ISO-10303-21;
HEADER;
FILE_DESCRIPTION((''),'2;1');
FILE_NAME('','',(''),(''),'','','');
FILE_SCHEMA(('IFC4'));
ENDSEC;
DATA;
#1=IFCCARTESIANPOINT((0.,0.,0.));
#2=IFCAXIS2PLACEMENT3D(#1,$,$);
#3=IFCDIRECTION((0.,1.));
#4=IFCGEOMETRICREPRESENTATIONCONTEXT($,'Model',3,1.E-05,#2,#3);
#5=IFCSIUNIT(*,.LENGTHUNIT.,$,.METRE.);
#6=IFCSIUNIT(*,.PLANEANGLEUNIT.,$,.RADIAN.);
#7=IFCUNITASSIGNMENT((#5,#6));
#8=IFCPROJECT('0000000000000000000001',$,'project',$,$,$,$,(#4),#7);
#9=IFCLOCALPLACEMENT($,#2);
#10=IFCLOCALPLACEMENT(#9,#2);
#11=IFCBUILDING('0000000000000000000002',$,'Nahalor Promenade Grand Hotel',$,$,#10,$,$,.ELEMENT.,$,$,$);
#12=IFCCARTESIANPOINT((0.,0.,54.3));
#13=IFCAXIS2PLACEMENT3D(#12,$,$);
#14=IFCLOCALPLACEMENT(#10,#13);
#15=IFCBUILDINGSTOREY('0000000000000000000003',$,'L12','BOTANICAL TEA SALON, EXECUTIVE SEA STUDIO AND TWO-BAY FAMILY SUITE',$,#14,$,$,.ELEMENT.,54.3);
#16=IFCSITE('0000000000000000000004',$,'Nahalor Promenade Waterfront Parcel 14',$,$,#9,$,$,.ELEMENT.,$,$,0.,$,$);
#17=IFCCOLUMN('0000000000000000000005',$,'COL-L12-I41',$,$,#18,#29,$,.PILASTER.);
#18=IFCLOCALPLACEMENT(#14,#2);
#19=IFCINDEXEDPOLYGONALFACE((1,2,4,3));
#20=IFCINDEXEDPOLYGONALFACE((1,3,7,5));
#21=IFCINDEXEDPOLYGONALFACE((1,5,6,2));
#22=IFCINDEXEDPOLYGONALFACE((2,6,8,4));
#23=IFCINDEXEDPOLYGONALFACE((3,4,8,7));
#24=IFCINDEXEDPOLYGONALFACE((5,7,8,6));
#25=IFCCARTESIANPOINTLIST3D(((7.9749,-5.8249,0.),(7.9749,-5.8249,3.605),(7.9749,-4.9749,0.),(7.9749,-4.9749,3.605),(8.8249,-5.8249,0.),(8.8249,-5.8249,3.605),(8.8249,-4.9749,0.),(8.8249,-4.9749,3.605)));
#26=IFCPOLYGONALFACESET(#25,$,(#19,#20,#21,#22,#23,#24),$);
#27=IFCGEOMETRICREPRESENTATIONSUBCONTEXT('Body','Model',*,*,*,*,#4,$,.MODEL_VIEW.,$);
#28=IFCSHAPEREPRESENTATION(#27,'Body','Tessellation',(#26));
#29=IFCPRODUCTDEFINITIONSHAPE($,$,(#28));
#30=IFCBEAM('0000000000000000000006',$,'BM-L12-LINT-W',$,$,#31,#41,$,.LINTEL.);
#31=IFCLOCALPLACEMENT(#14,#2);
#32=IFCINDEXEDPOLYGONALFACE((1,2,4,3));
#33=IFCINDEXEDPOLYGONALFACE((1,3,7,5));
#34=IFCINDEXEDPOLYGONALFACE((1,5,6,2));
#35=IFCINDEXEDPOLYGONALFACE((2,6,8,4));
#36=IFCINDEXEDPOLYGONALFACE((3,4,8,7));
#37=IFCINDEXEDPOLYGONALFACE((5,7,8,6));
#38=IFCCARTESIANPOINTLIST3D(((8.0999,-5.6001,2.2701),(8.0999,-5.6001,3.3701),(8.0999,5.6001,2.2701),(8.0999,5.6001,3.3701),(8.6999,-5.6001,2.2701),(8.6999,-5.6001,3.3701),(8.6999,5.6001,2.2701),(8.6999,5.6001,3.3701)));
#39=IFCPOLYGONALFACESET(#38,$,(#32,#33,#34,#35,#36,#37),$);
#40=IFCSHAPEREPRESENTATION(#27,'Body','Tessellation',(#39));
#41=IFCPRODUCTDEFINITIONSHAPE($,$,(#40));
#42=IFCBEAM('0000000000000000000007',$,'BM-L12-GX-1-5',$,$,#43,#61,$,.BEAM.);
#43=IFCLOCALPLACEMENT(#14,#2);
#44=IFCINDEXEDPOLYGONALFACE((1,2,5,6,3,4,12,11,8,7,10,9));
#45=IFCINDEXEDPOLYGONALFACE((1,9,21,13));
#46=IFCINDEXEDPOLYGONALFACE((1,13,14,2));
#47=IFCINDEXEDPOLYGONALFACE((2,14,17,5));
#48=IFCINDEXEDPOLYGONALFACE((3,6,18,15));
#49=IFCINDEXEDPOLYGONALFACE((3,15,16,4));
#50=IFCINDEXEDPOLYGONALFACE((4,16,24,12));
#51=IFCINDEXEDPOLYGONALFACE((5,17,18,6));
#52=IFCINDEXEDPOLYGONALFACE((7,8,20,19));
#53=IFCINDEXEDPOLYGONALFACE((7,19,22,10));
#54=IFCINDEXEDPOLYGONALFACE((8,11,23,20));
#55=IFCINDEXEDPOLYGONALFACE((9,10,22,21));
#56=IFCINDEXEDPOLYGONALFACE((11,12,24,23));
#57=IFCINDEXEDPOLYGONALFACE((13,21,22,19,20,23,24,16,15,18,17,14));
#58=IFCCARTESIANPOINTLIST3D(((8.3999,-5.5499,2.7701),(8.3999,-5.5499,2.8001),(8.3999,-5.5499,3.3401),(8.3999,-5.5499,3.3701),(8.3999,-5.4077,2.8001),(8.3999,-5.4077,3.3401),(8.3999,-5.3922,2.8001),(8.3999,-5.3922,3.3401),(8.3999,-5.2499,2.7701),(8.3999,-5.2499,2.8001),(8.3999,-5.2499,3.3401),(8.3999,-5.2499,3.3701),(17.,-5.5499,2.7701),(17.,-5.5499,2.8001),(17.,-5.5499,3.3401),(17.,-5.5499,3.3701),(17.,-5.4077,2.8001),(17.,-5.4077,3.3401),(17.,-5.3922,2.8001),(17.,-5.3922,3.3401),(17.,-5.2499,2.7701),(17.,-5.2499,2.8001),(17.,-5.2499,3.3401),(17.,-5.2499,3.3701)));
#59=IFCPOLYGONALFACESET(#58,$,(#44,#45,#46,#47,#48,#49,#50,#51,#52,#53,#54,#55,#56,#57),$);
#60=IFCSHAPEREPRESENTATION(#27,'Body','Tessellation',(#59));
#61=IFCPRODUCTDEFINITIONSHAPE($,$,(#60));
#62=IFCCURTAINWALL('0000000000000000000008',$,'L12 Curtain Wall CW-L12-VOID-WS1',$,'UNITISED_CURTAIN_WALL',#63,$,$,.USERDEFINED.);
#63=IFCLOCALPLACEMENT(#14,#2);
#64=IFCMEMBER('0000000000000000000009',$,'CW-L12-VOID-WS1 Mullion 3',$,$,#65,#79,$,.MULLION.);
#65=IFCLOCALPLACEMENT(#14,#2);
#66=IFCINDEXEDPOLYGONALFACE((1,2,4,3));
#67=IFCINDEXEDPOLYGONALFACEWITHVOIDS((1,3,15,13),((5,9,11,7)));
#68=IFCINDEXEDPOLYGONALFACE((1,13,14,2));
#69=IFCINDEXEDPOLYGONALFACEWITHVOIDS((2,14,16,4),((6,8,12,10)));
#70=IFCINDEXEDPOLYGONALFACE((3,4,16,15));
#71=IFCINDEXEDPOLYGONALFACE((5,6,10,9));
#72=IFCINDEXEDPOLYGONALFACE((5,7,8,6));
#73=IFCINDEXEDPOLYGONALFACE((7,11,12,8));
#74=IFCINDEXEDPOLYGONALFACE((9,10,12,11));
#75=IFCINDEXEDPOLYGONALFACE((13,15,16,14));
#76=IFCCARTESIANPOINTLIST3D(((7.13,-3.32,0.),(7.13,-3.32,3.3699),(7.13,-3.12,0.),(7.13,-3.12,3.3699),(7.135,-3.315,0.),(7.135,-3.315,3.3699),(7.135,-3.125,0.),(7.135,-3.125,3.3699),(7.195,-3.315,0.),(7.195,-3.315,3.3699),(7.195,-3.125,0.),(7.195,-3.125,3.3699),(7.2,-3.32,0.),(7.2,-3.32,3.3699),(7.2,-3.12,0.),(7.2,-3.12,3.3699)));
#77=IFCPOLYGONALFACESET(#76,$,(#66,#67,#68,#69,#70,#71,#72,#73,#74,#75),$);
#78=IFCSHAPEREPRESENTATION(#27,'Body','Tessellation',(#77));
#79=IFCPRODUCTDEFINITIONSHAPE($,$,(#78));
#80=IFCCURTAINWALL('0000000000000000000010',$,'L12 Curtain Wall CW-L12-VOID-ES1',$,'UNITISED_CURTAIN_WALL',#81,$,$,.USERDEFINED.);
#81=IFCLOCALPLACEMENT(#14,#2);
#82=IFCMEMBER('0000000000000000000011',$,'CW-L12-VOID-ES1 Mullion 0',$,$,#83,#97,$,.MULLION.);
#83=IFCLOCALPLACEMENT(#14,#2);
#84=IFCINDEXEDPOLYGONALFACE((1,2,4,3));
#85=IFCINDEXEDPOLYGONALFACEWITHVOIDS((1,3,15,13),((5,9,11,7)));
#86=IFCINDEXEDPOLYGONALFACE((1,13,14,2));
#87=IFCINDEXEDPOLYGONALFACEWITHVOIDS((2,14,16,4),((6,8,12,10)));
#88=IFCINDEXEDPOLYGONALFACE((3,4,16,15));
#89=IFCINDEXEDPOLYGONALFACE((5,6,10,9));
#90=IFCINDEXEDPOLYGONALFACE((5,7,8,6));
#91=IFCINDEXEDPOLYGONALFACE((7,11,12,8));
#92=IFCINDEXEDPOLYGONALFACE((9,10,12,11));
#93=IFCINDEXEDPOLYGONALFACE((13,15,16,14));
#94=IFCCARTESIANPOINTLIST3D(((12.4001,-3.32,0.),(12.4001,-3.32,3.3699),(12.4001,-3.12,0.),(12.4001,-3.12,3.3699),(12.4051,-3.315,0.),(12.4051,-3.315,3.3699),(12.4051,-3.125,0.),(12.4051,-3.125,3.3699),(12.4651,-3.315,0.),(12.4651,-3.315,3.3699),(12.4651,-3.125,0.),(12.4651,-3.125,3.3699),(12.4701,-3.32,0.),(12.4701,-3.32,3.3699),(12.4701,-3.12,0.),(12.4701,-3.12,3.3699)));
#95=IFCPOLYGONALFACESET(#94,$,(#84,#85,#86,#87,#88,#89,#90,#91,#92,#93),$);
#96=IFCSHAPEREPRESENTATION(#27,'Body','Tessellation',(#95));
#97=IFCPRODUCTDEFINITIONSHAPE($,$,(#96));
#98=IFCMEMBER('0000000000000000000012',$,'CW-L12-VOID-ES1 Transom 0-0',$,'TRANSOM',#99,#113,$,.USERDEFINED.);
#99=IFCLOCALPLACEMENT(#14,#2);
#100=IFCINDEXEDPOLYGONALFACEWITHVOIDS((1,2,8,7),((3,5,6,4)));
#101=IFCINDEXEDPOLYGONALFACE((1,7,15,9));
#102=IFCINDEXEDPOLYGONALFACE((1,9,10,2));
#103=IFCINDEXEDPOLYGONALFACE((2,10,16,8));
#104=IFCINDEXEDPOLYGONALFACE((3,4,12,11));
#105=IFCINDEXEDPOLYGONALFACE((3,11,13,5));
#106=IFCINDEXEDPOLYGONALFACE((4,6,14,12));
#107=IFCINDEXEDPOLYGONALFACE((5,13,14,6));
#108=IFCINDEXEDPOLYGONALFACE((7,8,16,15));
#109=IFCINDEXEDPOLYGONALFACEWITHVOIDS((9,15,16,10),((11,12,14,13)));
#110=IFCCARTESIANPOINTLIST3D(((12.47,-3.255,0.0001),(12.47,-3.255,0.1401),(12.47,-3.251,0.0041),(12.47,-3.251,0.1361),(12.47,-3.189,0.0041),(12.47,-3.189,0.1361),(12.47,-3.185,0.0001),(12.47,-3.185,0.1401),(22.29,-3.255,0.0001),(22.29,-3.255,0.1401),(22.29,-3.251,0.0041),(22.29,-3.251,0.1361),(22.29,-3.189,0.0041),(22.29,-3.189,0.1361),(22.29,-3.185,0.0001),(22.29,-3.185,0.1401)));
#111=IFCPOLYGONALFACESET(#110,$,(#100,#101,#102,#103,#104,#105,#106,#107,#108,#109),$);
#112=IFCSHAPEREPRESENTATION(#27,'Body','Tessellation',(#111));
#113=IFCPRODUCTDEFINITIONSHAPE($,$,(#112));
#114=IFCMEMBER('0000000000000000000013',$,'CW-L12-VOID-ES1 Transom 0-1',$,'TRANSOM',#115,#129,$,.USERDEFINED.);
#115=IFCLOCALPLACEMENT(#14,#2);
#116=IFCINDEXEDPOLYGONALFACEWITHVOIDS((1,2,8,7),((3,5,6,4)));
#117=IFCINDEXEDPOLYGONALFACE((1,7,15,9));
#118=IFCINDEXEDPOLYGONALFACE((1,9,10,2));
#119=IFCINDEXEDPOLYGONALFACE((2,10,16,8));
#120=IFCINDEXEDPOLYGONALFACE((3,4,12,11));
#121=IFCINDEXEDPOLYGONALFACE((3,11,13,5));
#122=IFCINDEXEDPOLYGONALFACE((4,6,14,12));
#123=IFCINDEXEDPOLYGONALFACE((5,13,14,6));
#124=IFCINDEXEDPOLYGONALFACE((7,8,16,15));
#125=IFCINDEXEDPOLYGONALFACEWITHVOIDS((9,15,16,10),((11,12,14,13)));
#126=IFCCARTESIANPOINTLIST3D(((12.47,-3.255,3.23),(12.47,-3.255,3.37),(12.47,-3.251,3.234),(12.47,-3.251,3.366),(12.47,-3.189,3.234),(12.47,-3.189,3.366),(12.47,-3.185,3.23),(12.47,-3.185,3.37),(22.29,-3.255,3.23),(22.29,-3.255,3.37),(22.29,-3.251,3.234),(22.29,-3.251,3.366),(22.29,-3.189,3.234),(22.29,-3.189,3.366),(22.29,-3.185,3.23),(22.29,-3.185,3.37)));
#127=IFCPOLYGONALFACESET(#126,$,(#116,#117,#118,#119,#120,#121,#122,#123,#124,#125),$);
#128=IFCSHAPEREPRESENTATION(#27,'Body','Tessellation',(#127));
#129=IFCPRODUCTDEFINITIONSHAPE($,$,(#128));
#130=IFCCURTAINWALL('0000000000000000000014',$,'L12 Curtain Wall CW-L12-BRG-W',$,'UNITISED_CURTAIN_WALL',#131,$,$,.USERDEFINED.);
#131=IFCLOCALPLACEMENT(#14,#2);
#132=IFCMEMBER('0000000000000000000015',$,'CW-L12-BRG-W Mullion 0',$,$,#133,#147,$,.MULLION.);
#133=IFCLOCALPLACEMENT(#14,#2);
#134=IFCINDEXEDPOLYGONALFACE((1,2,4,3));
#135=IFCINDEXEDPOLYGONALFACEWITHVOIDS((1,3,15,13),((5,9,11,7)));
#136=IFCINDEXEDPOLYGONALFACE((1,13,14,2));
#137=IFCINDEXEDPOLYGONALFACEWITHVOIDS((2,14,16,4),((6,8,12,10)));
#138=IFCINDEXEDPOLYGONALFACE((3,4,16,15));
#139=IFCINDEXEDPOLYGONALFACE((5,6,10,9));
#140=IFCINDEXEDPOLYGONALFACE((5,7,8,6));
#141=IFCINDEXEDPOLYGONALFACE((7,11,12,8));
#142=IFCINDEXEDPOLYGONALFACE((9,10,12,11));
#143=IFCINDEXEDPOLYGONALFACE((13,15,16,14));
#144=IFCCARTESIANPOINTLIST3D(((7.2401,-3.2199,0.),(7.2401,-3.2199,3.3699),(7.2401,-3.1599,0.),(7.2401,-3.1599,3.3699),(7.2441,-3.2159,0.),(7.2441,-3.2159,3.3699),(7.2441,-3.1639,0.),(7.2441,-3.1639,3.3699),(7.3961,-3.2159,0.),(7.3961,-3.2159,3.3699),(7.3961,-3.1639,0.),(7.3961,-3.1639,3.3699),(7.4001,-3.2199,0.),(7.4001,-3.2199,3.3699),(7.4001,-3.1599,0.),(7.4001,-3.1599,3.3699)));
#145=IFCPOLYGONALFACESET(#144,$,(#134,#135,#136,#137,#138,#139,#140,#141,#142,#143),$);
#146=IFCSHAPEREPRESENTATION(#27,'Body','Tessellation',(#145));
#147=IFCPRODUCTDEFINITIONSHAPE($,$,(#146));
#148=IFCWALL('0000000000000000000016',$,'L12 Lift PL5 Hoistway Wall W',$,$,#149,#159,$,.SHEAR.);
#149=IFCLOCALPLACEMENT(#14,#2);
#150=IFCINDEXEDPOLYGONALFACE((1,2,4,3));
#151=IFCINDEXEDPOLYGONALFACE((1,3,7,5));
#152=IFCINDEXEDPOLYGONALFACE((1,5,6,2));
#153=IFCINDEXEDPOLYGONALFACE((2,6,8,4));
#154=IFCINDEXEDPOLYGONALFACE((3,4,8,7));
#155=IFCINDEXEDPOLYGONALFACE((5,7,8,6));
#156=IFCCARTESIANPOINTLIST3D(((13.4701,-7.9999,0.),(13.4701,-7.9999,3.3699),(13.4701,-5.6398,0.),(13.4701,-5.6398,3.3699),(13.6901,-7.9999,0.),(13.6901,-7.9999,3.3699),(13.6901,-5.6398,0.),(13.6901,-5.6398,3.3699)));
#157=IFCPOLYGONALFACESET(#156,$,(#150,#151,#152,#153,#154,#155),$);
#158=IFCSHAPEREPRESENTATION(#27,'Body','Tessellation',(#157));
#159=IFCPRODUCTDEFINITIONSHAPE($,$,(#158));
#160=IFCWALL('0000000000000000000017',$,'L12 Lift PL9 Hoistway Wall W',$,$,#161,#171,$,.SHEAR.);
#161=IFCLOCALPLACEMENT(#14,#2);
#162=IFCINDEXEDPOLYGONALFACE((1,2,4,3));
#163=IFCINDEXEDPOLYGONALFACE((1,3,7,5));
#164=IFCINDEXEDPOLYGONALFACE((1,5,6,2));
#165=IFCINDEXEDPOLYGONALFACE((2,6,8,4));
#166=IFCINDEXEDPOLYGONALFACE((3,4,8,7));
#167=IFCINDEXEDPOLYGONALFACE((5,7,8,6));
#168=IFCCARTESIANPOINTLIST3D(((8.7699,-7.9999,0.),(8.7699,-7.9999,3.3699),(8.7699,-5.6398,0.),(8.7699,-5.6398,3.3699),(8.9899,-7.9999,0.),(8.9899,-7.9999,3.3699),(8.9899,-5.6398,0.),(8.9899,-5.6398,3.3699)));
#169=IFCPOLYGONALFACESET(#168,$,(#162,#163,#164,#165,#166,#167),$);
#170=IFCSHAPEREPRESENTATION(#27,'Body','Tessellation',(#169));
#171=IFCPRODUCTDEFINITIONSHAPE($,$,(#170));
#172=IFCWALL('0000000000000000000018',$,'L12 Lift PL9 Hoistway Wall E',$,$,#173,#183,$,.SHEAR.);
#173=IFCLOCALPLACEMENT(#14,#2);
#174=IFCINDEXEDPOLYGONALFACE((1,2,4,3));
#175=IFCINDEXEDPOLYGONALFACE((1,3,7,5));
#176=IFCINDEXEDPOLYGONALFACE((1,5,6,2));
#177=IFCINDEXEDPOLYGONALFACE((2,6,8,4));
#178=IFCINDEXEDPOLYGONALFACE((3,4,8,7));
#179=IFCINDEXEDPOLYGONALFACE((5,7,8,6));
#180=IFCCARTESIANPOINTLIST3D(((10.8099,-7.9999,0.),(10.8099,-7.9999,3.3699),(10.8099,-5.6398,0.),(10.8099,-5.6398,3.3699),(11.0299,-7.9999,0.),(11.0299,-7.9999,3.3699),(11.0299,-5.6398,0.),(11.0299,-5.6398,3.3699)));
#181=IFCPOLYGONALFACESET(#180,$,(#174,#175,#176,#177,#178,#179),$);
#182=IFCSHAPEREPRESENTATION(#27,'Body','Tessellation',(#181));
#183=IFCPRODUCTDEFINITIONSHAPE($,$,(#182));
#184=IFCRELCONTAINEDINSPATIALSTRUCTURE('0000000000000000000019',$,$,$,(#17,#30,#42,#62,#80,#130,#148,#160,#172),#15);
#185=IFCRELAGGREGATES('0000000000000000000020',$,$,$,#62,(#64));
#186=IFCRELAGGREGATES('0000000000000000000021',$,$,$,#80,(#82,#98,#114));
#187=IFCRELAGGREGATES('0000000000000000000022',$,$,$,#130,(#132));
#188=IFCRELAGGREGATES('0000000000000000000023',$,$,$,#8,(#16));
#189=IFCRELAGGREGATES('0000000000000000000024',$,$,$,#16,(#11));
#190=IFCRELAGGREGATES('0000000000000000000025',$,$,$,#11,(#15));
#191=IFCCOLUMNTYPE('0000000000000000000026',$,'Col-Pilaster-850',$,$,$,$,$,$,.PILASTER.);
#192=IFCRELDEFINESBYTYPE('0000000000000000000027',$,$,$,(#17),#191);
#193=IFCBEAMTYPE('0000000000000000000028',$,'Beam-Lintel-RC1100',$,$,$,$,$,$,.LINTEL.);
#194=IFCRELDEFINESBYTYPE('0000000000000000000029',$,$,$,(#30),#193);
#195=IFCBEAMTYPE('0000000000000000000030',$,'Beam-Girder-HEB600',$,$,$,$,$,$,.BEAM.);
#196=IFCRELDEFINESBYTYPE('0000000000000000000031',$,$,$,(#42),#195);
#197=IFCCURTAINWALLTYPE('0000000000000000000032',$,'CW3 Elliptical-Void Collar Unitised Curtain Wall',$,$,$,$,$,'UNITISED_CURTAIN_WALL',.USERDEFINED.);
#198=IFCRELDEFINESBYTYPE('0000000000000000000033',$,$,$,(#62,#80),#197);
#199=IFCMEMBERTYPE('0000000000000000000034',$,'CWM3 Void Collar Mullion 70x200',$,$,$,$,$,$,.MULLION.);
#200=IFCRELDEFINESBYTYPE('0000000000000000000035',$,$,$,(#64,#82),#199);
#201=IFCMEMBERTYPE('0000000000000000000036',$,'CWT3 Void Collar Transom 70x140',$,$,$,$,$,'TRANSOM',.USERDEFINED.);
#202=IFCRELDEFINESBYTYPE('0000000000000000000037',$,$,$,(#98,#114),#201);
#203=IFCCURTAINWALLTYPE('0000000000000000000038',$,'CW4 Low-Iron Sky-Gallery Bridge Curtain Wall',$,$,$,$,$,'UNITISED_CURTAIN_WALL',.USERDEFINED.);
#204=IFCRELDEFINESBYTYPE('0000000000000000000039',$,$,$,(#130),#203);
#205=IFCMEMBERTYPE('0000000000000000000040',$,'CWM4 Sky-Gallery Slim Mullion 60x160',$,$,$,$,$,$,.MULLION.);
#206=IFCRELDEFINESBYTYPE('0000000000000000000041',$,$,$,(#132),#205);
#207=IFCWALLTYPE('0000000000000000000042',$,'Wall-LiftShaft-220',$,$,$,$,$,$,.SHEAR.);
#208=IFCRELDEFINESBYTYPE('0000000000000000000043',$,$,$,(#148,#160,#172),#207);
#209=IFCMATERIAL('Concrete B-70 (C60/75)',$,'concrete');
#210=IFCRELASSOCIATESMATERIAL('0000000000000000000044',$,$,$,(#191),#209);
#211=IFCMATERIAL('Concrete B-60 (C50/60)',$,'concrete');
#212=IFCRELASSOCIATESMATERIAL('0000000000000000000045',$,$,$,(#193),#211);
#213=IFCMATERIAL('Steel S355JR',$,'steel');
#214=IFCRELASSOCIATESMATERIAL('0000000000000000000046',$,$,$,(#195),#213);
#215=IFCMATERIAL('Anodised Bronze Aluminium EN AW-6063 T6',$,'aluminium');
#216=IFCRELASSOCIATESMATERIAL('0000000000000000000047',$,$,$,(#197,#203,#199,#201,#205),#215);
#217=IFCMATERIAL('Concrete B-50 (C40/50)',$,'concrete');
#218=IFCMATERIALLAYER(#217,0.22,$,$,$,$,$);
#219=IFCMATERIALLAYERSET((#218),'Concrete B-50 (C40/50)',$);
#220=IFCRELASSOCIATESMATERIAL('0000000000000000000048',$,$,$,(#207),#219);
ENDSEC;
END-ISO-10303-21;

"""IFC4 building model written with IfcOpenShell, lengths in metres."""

from ifc_helpers import new_model, si_unit, direction, frame, frame_2d, origin, origin_2d, place, context, subcontext, project, spatial, rectangle, hollow_rectangle, i_section, extrude, source, transform, mapped, material, layer, layer_set, material_profile, profile_set, type_object, element, aggregate, save


model = new_model("IFC4")

# Units and contexts
model_context = context("Model", 3, precision=1e-05, world=origin(), true_north=direction((0.0, 1.0)))
body_context = subcontext(model_context, "Body", "Model", "MODEL_VIEW")
ifc_project = project(units=[si_unit("LENGTHUNIT", "METRE"), si_unit("PLANEANGLEUNIT", "RADIAN")], contexts=[model_context])

# Site, building, storey
site_placement = place(None, origin())
site = spatial("IfcSite", under=ifc_project, at=site_placement, Name="Nahalor Promenade Waterfront Parcel 14", CompositionType="ELEMENT", RefElevation=0.0)
building_placement = place(site_placement, origin())
building = spatial("IfcBuilding", under=site, at=building_placement, Name="Nahalor Promenade Grand Hotel", CompositionType="ELEMENT")
storey_placement = place(building_placement, frame((0.0, 0.0, 54.3)))
storey = spatial("IfcBuildingStorey", under=building, at=storey_placement, Name="L12", Description="BOTANICAL TEA SALON, EXECUTIVE SEA STUDIO AND TWO-BAY FAMILY SUITE", CompositionType="ELEMENT", Elevation=54.3)

# Column
ifc_material_1 = material(Name="Concrete B-70 (C60/75)", Category="concrete")
ifc_material_profile_1 = material_profile(ifc_material_1, rectangle(XDim=0.85, YDim=0.85, at=origin_2d()), Name="RC 850x850")
ifc_profile_set_1 = profile_set([ifc_material_profile_1], Name="Concrete B-70 (C60/75)")
column_type = type_object("IfcColumnType", Name="Col-Pilaster-850", PredefinedType="PILASTER", material=ifc_profile_set_1)
shared_shape_1 = source(origin(), body_context, "Body", "SweptSolid", [
    extrude(rectangle(XDim=0.85, YDim=0.85, at=origin_2d()), origin(), (0.0, 0.0, 1.0), 3.605),
])
column_placement = place(storey_placement, frame((8.3999, -5.3999, 0.0), z_axis=(0.0, 0.0, 1.0), x_axis=(1.0, 0.0, 0.0)))
element("IfcColumn", 1, at=column_placement, inside=storey, type_object=column_type, Name="COL-L12-I41", PredefinedType="PILASTER", context=body_context, shape_type="MappedRepresentation", body=[
    mapped(shared_shape_1, transform((0.0, 0.0, 0.0), scale=1.0)),
])

# Beams
ifc_material_2 = material(Name="Concrete B-60 (C50/60)", Category="concrete")
ifc_material_profile_2 = material_profile(ifc_material_2, rectangle(XDim=0.6, YDim=1.1, at=origin_2d()), Name="RC 600x1100")
ifc_profile_set_2 = profile_set([ifc_material_profile_2], Name="Concrete B-60 (C50/60)")
beam_type_1 = type_object("IfcBeamType", Name="Beam-Lintel-RC1100", PredefinedType="LINTEL", material=ifc_profile_set_2)
shared_shape_2 = source(origin(), body_context, "Body", "SweptSolid", [
    extrude(rectangle(XDim=0.6, YDim=1.1, at=origin_2d()), origin(), (0.0, 0.0, 1.0), 11.2002),
])
beam_1_placement = place(storey_placement, frame((8.3999, -5.6001, 2.8201), z_axis=(0.0, 1.0, 0.0), x_axis=(-1.0, 0.0, 0.0)))
element("IfcBeam", 2, at=beam_1_placement, inside=storey, type_object=beam_type_1, Name="BM-L12-LINT-W", PredefinedType="LINTEL", context=body_context, shape_type="MappedRepresentation", body=[
    mapped(shared_shape_2, transform((0.0, 0.0, 0.0), scale=1.0)),
])
ifc_material_3 = material(Name="Steel S355JR", Category="steel")
ifc_material_profile_3 = material_profile(ifc_material_3, i_section(OverallWidth=0.3, OverallDepth=0.6, WebThickness=0.0155, FlangeThickness=0.03, at=origin_2d()), Name="HEB 600")
ifc_profile_set_3 = profile_set([ifc_material_profile_3], Name="Steel S355JR")
beam_type_2 = type_object("IfcBeamType", Name="Beam-Girder-HEB600", PredefinedType="BEAM", material=ifc_profile_set_3)
shared_shape_3 = source(origin(), body_context, "Body", "SweptSolid", [
    extrude(i_section(OverallWidth=0.3, OverallDepth=0.6, WebThickness=0.0155, FlangeThickness=0.03, at=origin_2d()), origin(), (0.0, 0.0, 1.0), 8.6001),
])
beam_2_placement = place(storey_placement, frame((8.3999, -5.3999, 3.0701), z_axis=(1.0, 0.0, 0.0), x_axis=(0.0, 1.0, 0.0)))
element("IfcBeam", 3, at=beam_2_placement, inside=storey, type_object=beam_type_2, Name="BM-L12-GX-1-5", PredefinedType="BEAM", context=body_context, shape_type="MappedRepresentation", body=[
    mapped(shared_shape_3, transform((0.0, 0.0, 0.0), scale=1.0)),
])

# Curtain wall, member
ifc_material_4 = material(Name="Anodised Bronze Aluminium EN AW-6063 T6", Category="aluminium")
curtain_wall_type_1 = type_object("IfcCurtainWallType", Name="CW3 Elliptical-Void Collar Unitised Curtain Wall", ElementType="UNITISED_CURTAIN_WALL", PredefinedType="USERDEFINED", material=ifc_material_4)
curtain_wall_1_placement = place(storey_placement, origin())
curtain_wall_1 = element("IfcCurtainWall", 4, at=curtain_wall_1_placement, inside=storey, type_object=curtain_wall_type_1, Name="L12 Curtain Wall CW-L12-VOID-WS1", ObjectType="UNITISED_CURTAIN_WALL", PredefinedType="USERDEFINED")
ifc_material_profile_4 = material_profile(ifc_material_4, hollow_rectangle(XDim=0.07, YDim=0.2, WallThickness=0.005, at=origin_2d()), Name="CWM 70x200x5")
ifc_profile_set_4 = profile_set([ifc_material_profile_4], Name="Anodised Bronze Aluminium EN AW-6063 T6")
member_type_1 = type_object("IfcMemberType", Name="CWM3 Void Collar Mullion 70x200", PredefinedType="MULLION", material=ifc_profile_set_4)
shared_shape_4 = source(origin(), body_context, "Body", "SweptSolid", [
    extrude(hollow_rectangle(XDim=0.07, YDim=0.2, WallThickness=0.005, at=origin_2d()), origin(), (0.0, 0.0, 1.0), 3.3699),
])
member_1_placement = place(storey_placement, frame((7.165, -3.22, 0.0), z_axis=(0.0, 0.0, 1.0), x_axis=(1.0, 0.0, 0.0)))
member_1 = element("IfcMember", 5, at=member_1_placement, type_object=member_type_1, Name="CW-L12-VOID-WS1 Mullion 3", PredefinedType="MULLION", context=body_context, shape_type="MappedRepresentation", body=[
    mapped(shared_shape_4, transform((0.0, 0.0, 0.0), scale=1.0)),
])
aggregate(curtain_wall_1, [member_1])

# Curtain wall, members
curtain_wall_2_placement = place(storey_placement, origin())
curtain_wall_2 = element("IfcCurtainWall", 6, at=curtain_wall_2_placement, inside=storey, type_object=curtain_wall_type_1, Name="L12 Curtain Wall CW-L12-VOID-ES1", ObjectType="UNITISED_CURTAIN_WALL", PredefinedType="USERDEFINED")
member_2_placement = place(storey_placement, frame((12.4351, -3.22, 0.0), z_axis=(0.0, 0.0, 1.0), x_axis=(1.0, 0.0, 0.0)))
member_2 = element("IfcMember", 7, at=member_2_placement, type_object=member_type_1, Name="CW-L12-VOID-ES1 Mullion 0", PredefinedType="MULLION", context=body_context, shape_type="MappedRepresentation", body=[
    mapped(shared_shape_4, transform((0.0, 0.0, 0.0), scale=1.0)),
])
ifc_material_profile_5 = material_profile(ifc_material_4, hollow_rectangle(XDim=0.07, YDim=0.14, WallThickness=0.004, at=origin_2d()), Name="CWT 70x140x4")
ifc_profile_set_5 = profile_set([ifc_material_profile_5], Name="Anodised Bronze Aluminium EN AW-6063 T6")
member_type_2 = type_object("IfcMemberType", Name="CWT3 Void Collar Transom 70x140", ElementType="TRANSOM", PredefinedType="USERDEFINED", material=ifc_profile_set_5)
shared_shape_5 = source(origin(), body_context, "Body", "SweptSolid", [
    extrude(hollow_rectangle(XDim=0.07, YDim=0.14, WallThickness=0.004, at=origin_2d()), origin(), (0.0, 0.0, 1.0), 9.8201),
])
member_3_placement = place(storey_placement, frame((12.47, -3.22, 0.0701), z_axis=(1.0, 0.0, 0.0), x_axis=(0.0, 1.0, 0.0)))
member_3 = element("IfcMember", 8, at=member_3_placement, type_object=member_type_2, Name="CW-L12-VOID-ES1 Transom 0-0", ObjectType="TRANSOM", PredefinedType="USERDEFINED", context=body_context, shape_type="MappedRepresentation", body=[
    mapped(shared_shape_5, transform((0.0, 0.0, 0.0), scale=1.0)),
])
member_4_placement = place(storey_placement, frame((12.47, -3.22, 3.3), z_axis=(1.0, 0.0, 0.0), x_axis=(0.0, 1.0, 0.0)))
member_4 = element("IfcMember", 9, at=member_4_placement, type_object=member_type_2, Name="CW-L12-VOID-ES1 Transom 0-1", ObjectType="TRANSOM", PredefinedType="USERDEFINED", context=body_context, shape_type="MappedRepresentation", body=[
    mapped(shared_shape_5, transform((0.0, 0.0, 0.0), scale=1.0)),
])
aggregate(curtain_wall_2, [member_2, member_3, member_4])

# Curtain wall, member
curtain_wall_type_2 = type_object("IfcCurtainWallType", Name="CW4 Low-Iron Sky-Gallery Bridge Curtain Wall", ElementType="UNITISED_CURTAIN_WALL", PredefinedType="USERDEFINED", material=ifc_material_4)
curtain_wall_3_placement = place(storey_placement, origin())
curtain_wall_3 = element("IfcCurtainWall", 10, at=curtain_wall_3_placement, inside=storey, type_object=curtain_wall_type_2, Name="L12 Curtain Wall CW-L12-BRG-W", ObjectType="UNITISED_CURTAIN_WALL", PredefinedType="USERDEFINED")
ifc_material_profile_6 = material_profile(ifc_material_4, hollow_rectangle(XDim=0.06, YDim=0.16, WallThickness=0.004, at=origin_2d()), Name="CWM 60x160x4")
ifc_profile_set_6 = profile_set([ifc_material_profile_6], Name="Anodised Bronze Aluminium EN AW-6063 T6")
member_type_3 = type_object("IfcMemberType", Name="CWM4 Sky-Gallery Slim Mullion 60x160", PredefinedType="MULLION", material=ifc_profile_set_6)
shared_shape_6 = source(origin(), body_context, "Body", "SweptSolid", [
    extrude(hollow_rectangle(XDim=0.06, YDim=0.16, WallThickness=0.004, at=origin_2d()), origin(), (0.0, 0.0, 1.0), 3.3699),
])
member_5_placement = place(storey_placement, frame((7.3201, -3.1899, 0.0), z_axis=(0.0, 0.0, 1.0), x_axis=(0.0, 1.0, 0.0)))
member_5 = element("IfcMember", 11, at=member_5_placement, type_object=member_type_3, Name="CW-L12-BRG-W Mullion 0", PredefinedType="MULLION", context=body_context, shape_type="MappedRepresentation", body=[
    mapped(shared_shape_6, transform((0.0, 0.0, 0.0), scale=1.0)),
])
aggregate(curtain_wall_3, [member_5])

# Walls
ifc_material_5 = material(Name="Concrete B-50 (C40/50)", Category="concrete")
ifc_layer_1 = layer(ifc_material_5, 0.22)
ifc_layer_set_1 = layer_set([ifc_layer_1], Name="Concrete B-50 (C40/50)")
wall_type_1 = type_object("IfcWallType", Name="Wall-LiftShaft-220", PredefinedType="SHEAR", material=ifc_layer_set_1)
shared_shape_7 = source(origin(), body_context, "Body", "SweptSolid", [
    extrude(rectangle(XDim=2.3601, YDim=0.22, at=frame_2d((1.1802, 0.0))), origin(), (0.0, 0.0, 1.0), 3.3699),
])
for number, where, z_axis, x_axis, name in (
    (12, (13.5801, -8.0, 0.0), (0.0, 0.0, 1.0), (0.0, 1.0, 0.0), "L12 Lift PL5 Hoistway Wall W"),
    (13, (8.8799, -8.0, 0.0), (0.0, 0.0, 1.0), (0.0, 1.0, 0.0), "L12 Lift PL9 Hoistway Wall W"),
    (14, (10.9199, -8.0, 0.0), (0.0, 0.0, 1.0), (0.0, 1.0, 0.0), "L12 Lift PL9 Hoistway Wall E"),
):
    element("IfcWall", number, at=place(storey_placement, frame(where, z_axis=z_axis, x_axis=x_axis)), inside=storey, type_object=wall_type_1, Name=name, PredefinedType="SHEAR", context=body_context, shape_type="MappedRepresentation", body=[
        mapped(shared_shape_7, transform((0.0, 0.0, 0.0), scale=1.0)),
    ])

save(model, "model.ifc")
